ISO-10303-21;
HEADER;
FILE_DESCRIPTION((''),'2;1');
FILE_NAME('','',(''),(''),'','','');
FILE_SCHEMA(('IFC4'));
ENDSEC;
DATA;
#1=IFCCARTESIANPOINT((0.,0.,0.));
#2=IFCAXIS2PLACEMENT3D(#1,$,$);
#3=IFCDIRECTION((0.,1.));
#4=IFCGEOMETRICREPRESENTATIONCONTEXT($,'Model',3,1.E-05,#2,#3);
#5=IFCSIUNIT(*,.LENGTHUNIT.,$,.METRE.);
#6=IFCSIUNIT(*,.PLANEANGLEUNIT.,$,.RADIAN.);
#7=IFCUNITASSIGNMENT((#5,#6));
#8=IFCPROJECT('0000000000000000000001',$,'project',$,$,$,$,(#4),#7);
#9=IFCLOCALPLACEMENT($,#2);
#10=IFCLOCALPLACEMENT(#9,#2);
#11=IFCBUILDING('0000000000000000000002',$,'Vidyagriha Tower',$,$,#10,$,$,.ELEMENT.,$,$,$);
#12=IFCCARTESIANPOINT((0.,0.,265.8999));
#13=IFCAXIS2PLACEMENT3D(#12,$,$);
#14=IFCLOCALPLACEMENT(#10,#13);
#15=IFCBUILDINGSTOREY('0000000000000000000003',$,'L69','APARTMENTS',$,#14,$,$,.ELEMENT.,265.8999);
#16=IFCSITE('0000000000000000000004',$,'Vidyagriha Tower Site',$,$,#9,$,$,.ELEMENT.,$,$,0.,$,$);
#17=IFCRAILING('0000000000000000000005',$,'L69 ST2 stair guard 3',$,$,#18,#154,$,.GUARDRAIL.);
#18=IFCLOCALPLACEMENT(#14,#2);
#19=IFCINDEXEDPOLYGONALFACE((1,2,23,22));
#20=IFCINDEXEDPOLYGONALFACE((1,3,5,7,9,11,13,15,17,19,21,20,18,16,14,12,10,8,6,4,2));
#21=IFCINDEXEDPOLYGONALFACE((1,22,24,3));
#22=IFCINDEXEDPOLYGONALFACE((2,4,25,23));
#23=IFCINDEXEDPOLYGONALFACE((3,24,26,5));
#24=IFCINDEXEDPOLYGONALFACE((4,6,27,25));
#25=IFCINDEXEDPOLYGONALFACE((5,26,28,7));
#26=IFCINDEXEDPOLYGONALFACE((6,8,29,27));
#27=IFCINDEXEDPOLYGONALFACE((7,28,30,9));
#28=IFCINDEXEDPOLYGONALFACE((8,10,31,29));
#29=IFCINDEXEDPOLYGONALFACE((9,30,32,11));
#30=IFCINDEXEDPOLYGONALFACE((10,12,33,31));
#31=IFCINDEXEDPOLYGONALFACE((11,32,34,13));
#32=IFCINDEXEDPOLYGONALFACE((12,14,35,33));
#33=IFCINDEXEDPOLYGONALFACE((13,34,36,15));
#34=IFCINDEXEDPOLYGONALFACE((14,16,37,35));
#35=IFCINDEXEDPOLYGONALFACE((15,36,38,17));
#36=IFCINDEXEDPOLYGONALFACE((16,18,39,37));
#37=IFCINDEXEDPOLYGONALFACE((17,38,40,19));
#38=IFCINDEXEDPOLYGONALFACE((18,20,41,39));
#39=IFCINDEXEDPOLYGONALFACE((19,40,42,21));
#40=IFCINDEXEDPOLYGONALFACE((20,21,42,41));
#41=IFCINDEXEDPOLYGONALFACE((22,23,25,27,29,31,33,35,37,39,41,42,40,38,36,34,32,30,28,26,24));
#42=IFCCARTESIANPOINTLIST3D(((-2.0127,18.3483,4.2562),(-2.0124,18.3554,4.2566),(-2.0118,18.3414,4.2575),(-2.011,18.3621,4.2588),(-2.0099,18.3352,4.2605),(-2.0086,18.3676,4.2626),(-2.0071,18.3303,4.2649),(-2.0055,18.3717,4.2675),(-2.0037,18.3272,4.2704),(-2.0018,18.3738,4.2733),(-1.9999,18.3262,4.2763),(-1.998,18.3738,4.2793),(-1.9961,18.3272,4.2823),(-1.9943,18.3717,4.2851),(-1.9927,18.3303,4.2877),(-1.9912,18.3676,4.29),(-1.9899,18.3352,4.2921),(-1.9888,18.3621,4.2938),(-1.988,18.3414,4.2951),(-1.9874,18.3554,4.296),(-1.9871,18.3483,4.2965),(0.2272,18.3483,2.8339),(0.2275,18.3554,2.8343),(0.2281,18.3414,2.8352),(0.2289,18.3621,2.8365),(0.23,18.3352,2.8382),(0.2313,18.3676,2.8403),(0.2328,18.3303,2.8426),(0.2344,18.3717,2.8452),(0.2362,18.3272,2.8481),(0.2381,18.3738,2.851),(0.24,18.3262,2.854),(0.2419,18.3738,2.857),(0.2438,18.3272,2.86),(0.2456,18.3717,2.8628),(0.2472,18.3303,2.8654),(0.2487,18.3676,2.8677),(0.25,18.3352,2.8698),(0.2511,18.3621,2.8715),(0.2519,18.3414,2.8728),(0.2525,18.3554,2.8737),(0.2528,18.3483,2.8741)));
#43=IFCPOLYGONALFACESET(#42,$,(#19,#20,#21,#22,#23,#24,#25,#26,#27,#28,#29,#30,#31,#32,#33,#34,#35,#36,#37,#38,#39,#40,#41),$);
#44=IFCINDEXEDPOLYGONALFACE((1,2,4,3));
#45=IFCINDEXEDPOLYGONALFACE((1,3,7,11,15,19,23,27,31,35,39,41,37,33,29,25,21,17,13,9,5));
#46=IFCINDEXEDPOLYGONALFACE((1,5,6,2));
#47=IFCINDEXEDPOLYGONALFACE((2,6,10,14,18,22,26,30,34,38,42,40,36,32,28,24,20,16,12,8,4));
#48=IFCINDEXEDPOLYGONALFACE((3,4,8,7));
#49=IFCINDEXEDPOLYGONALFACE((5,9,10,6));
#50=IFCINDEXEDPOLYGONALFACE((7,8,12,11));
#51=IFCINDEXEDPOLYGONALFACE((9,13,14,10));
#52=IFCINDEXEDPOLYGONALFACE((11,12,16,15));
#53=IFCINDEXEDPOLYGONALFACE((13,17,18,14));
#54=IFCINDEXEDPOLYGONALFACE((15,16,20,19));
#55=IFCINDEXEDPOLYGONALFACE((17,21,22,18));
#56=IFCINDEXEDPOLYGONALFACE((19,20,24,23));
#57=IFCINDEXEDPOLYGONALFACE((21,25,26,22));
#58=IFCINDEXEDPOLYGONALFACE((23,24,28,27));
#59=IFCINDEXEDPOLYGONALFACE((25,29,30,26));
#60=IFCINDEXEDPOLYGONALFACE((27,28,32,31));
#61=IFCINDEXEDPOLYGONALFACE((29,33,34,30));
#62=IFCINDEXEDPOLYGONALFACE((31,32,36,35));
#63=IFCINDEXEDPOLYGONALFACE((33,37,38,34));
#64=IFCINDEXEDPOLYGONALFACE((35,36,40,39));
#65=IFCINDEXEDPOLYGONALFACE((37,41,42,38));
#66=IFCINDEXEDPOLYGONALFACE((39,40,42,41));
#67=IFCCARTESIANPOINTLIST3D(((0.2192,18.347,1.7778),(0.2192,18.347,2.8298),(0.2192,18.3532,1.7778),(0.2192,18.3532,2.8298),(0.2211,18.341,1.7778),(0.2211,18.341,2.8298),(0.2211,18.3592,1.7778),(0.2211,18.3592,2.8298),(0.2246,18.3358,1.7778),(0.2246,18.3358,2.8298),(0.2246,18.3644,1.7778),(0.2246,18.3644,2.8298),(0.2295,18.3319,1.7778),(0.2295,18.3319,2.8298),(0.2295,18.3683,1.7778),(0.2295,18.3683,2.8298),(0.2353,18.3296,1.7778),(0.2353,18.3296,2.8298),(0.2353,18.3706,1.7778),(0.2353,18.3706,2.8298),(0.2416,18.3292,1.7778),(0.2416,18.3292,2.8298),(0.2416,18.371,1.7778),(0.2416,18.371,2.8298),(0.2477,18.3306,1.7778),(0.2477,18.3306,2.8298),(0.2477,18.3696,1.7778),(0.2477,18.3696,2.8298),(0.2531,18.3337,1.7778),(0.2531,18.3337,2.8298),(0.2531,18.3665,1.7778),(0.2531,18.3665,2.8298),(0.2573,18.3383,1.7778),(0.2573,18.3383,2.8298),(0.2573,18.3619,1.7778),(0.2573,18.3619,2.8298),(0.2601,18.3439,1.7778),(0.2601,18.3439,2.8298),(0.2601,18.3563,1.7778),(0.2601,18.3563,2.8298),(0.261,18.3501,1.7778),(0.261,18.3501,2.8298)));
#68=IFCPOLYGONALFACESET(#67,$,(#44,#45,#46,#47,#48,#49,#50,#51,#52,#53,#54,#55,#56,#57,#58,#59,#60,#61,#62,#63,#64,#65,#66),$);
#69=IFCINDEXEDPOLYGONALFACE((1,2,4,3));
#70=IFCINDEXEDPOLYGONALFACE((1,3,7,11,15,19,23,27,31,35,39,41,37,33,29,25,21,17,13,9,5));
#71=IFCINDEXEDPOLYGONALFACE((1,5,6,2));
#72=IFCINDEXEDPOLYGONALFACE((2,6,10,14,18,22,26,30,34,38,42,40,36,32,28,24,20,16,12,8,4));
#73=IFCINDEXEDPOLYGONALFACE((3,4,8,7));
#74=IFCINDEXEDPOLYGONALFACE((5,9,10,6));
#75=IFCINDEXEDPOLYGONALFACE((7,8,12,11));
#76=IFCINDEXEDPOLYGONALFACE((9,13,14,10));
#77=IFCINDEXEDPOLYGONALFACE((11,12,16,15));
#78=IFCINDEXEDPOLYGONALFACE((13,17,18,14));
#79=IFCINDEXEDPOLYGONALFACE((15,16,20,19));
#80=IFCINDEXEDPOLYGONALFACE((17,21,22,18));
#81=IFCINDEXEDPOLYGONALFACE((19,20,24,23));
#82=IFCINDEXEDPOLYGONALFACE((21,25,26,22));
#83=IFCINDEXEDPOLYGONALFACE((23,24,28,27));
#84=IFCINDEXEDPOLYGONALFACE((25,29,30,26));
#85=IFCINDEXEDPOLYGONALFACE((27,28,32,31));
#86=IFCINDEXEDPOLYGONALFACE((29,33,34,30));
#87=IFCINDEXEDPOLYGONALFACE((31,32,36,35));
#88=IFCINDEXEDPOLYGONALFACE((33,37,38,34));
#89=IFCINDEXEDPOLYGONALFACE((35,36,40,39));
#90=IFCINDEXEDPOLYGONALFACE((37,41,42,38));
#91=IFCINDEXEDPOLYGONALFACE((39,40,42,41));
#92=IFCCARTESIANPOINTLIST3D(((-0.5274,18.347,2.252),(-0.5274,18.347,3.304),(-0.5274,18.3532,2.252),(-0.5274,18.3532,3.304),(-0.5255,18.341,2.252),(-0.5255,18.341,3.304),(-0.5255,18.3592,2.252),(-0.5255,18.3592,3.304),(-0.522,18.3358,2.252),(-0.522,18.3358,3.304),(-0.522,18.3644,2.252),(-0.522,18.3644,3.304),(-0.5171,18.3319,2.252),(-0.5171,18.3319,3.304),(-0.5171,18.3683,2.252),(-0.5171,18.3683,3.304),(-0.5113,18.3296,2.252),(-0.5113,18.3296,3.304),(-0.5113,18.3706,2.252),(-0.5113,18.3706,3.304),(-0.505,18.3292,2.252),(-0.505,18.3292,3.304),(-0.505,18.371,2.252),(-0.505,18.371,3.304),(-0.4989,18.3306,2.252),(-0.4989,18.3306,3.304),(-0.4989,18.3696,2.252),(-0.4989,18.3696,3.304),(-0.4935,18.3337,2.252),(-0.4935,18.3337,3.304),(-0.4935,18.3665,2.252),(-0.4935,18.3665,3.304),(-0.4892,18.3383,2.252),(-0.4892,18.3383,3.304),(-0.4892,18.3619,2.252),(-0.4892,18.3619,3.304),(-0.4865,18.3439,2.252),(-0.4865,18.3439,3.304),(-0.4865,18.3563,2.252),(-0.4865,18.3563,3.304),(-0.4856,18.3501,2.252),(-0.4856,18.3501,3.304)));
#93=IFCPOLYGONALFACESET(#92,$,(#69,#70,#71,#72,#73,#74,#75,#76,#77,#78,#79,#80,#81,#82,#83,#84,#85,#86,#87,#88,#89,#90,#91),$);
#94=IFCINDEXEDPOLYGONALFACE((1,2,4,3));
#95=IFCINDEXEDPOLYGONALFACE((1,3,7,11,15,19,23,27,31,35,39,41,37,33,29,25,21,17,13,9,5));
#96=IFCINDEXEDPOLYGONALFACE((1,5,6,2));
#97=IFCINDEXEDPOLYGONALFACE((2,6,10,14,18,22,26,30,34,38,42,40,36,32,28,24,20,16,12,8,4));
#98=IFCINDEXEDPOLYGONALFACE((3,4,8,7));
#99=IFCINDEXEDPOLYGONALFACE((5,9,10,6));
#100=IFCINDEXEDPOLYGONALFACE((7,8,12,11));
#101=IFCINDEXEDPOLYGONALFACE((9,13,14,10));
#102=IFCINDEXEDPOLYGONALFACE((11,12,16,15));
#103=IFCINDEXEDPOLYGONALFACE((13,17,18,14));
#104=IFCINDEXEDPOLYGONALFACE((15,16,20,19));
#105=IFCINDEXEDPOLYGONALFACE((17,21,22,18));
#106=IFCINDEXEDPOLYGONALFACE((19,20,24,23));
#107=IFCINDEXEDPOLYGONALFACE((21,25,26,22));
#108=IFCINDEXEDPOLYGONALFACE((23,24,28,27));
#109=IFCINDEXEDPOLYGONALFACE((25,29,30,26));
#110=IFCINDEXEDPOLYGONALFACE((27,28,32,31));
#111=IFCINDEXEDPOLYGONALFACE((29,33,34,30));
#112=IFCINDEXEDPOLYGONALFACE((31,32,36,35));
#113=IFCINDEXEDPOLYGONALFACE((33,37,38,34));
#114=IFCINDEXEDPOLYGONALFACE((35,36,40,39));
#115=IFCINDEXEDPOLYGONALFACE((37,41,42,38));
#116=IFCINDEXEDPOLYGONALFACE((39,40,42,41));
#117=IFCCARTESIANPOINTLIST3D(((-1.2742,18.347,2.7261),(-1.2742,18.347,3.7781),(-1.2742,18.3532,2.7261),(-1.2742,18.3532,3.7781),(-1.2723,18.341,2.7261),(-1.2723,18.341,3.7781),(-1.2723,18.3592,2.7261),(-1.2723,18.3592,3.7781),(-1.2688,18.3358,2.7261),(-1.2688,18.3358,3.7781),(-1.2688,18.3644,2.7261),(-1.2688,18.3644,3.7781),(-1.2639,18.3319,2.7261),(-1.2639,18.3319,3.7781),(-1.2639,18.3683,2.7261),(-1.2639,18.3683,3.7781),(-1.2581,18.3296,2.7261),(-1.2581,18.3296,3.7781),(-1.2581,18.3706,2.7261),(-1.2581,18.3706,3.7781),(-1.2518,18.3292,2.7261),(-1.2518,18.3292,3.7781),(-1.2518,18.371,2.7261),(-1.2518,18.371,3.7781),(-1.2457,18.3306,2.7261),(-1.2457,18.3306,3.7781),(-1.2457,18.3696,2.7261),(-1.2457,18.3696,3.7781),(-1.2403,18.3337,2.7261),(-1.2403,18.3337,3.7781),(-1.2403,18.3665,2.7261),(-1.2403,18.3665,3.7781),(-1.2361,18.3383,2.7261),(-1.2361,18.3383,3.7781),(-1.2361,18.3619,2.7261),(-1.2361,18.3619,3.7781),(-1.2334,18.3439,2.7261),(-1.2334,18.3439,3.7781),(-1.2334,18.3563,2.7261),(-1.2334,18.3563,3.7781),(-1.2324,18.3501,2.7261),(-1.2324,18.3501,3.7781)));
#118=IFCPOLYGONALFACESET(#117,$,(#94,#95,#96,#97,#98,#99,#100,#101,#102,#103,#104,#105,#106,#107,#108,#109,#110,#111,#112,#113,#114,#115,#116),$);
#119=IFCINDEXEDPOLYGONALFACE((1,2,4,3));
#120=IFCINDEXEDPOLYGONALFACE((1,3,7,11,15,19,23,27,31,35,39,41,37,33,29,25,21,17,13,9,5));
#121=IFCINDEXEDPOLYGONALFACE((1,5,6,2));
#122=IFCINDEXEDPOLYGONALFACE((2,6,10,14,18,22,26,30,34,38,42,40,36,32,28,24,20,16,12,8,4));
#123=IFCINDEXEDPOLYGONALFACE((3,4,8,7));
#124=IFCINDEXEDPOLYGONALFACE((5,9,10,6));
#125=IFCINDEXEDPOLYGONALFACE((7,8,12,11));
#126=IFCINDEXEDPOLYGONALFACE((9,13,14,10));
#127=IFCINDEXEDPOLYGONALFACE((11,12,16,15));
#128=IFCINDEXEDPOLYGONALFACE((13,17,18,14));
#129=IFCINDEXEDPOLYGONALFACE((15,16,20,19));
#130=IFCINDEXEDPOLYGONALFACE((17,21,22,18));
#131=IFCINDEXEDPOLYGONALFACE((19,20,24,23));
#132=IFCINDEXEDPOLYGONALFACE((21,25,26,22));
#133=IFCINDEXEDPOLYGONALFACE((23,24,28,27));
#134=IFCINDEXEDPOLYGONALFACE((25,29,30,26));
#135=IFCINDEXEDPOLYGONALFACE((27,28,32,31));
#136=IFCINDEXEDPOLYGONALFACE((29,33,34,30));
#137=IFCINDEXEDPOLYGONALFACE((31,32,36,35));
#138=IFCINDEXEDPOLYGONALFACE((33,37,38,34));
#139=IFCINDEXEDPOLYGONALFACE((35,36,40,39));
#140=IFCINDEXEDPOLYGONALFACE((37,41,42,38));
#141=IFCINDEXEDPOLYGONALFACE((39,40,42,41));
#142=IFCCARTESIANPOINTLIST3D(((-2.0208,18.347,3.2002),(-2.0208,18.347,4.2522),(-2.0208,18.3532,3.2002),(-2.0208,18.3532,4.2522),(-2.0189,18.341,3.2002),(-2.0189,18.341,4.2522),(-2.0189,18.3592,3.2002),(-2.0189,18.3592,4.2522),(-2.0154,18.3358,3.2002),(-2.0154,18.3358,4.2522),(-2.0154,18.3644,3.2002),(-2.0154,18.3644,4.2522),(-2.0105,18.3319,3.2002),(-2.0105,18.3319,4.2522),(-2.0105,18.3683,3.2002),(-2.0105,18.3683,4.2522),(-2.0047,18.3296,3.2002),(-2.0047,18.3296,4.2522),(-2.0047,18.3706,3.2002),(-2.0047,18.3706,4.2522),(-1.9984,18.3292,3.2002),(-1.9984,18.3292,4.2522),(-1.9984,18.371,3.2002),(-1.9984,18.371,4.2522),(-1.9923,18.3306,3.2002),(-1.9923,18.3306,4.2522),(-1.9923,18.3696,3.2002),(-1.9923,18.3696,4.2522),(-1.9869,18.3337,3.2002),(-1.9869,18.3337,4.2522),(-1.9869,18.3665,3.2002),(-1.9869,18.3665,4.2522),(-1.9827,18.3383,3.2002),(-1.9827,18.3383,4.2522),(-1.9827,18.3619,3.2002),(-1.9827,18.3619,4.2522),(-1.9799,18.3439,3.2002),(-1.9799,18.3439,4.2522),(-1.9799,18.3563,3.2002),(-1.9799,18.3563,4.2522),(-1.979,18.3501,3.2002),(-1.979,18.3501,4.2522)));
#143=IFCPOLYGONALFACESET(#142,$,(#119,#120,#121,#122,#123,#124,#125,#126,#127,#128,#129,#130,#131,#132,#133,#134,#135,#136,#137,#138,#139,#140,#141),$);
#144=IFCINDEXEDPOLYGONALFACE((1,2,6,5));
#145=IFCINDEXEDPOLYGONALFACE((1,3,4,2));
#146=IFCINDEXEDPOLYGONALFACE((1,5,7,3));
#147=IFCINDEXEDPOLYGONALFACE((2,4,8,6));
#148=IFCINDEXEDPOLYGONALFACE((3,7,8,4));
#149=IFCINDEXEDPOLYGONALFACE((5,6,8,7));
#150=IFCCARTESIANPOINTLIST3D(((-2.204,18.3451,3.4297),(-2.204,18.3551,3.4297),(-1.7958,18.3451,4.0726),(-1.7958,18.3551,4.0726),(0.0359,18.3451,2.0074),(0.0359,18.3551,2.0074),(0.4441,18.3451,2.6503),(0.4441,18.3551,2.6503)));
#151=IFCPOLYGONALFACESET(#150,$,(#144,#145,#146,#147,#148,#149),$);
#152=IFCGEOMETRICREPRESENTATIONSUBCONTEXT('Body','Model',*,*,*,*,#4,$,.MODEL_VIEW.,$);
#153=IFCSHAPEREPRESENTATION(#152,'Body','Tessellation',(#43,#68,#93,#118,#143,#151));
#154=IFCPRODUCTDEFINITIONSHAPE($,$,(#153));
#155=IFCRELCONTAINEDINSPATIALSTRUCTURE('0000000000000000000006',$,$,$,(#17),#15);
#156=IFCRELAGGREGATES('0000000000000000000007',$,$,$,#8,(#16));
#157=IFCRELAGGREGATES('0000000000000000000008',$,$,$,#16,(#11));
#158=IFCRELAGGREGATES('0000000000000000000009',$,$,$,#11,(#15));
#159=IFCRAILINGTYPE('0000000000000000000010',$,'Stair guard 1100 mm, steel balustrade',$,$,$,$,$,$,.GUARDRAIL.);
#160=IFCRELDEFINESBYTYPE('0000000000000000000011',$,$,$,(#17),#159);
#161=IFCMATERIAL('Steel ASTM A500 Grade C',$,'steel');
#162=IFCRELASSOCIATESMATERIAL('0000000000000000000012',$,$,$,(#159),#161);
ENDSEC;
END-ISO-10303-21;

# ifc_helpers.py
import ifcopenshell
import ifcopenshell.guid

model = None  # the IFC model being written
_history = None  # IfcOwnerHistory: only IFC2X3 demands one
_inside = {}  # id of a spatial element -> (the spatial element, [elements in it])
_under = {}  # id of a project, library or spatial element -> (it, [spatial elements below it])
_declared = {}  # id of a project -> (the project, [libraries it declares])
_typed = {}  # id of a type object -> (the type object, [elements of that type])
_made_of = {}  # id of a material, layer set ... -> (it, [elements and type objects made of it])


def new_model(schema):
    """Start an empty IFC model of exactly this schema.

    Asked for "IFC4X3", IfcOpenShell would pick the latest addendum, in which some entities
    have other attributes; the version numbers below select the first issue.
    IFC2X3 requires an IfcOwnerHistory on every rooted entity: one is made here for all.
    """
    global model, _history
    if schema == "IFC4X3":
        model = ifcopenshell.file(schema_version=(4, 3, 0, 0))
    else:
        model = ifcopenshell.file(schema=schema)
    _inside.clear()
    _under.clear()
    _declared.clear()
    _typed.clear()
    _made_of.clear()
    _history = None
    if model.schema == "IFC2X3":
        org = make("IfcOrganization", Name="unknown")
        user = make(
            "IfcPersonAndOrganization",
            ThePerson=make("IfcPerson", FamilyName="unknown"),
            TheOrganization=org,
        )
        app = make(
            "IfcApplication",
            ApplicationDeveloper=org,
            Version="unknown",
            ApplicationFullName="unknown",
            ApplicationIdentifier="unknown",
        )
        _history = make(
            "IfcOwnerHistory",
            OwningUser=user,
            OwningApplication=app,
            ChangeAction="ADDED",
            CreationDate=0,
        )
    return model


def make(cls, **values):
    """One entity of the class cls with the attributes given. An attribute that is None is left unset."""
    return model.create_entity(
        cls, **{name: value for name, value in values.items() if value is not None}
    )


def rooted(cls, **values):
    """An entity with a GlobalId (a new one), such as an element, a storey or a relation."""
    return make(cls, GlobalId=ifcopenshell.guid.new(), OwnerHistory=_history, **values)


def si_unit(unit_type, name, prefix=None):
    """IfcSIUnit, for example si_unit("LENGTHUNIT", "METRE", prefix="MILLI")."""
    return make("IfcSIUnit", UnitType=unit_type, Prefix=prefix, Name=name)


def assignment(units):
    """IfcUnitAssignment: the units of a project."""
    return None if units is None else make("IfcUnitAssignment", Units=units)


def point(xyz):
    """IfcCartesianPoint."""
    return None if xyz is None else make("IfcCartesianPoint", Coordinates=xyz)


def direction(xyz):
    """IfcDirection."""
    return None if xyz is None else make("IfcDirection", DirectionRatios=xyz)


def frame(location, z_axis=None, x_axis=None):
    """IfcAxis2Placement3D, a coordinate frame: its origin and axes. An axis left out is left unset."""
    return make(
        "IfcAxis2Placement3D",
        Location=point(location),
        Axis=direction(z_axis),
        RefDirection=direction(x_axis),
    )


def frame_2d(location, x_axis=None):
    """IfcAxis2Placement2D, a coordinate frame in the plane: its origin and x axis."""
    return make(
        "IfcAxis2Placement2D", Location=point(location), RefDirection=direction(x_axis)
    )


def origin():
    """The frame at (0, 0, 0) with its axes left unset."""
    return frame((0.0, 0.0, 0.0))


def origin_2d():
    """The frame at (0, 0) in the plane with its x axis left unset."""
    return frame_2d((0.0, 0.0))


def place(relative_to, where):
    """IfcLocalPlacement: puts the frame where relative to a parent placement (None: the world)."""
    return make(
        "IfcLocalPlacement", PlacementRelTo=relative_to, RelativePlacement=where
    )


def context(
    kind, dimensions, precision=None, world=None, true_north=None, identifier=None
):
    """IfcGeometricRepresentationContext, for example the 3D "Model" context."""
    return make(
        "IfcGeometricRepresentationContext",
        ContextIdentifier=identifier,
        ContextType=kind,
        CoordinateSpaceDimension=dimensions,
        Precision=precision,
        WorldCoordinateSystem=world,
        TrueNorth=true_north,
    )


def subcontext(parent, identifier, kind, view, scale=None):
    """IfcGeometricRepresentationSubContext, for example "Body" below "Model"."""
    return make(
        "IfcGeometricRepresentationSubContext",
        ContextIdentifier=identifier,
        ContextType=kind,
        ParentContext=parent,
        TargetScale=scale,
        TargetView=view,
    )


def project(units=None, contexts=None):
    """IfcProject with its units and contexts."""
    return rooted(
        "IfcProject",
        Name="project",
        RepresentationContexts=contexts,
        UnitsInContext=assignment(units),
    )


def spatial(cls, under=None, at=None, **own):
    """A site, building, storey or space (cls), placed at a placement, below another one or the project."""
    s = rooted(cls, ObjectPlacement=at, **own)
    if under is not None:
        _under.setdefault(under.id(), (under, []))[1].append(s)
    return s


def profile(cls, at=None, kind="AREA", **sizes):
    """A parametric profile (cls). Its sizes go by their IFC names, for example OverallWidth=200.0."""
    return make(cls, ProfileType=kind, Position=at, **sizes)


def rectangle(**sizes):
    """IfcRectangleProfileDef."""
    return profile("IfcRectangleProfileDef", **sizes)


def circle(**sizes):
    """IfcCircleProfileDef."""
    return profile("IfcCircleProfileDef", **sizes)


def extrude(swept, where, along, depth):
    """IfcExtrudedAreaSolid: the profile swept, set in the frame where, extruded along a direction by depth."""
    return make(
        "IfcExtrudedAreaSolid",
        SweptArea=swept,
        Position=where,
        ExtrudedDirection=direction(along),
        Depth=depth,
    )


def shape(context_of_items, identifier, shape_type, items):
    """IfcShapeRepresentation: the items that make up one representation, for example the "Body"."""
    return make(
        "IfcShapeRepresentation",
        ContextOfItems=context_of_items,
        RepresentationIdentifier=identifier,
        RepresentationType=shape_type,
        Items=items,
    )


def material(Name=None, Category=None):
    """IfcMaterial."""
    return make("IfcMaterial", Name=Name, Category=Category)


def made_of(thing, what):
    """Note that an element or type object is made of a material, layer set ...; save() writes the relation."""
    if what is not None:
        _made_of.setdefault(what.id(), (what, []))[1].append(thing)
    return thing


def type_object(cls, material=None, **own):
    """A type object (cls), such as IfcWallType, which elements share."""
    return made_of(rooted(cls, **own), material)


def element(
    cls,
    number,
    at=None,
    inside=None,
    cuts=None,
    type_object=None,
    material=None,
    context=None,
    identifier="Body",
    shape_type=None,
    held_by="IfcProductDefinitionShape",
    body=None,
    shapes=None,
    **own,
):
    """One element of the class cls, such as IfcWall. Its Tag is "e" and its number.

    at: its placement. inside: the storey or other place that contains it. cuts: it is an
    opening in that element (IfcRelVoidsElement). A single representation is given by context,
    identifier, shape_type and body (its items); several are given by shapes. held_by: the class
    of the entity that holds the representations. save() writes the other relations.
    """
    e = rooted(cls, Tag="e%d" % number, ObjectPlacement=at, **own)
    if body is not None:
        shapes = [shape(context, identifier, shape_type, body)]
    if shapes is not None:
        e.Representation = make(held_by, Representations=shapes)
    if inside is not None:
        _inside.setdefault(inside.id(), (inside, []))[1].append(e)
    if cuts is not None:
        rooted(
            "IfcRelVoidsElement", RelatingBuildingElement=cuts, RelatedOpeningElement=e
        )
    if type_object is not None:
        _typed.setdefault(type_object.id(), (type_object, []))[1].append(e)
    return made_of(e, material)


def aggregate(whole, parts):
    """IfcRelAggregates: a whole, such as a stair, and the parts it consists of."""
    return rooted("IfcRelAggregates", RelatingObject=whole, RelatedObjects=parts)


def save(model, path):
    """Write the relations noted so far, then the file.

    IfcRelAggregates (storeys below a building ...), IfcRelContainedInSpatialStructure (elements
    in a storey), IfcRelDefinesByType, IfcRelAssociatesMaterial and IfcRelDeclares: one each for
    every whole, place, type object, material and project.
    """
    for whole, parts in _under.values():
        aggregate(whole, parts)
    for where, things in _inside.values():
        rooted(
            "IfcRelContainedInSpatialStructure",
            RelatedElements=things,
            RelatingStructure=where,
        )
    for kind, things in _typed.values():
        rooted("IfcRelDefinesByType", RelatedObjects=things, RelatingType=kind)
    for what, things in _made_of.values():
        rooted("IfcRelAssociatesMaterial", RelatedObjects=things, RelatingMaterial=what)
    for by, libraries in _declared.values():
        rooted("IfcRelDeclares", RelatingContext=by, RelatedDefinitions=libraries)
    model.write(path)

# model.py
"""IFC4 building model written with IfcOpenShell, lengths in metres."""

from ifc_helpers import new_model, si_unit, direction, frame, origin, origin_2d, place, context, subcontext, project, spatial, rectangle, circle, extrude, material, type_object, element, save


model = new_model("IFC4")

# Units and contexts
model_context = context("Model", 3, precision=1e-05, world=origin(), true_north=direction((0.0, 1.0)))
body_context = subcontext(model_context, "Body", "Model", "MODEL_VIEW")
ifc_project = project(units=[si_unit("LENGTHUNIT", "METRE"), si_unit("PLANEANGLEUNIT", "RADIAN")], contexts=[model_context])

# Site, building, storey
site_placement = place(None, origin())
site = spatial("IfcSite", under=ifc_project, at=site_placement, Name="Vidyagriha Tower Site", CompositionType="ELEMENT", RefElevation=0.0)
building_placement = place(site_placement, origin())
building = spatial("IfcBuilding", under=site, at=building_placement, Name="Vidyagriha Tower", CompositionType="ELEMENT")
storey_placement = place(building_placement, frame((0.0, 0.0, 265.8999)))
storey = spatial("IfcBuildingStorey", under=building, at=storey_placement, Name="L69", Description="APARTMENTS", CompositionType="ELEMENT", Elevation=265.8999)

# Railing
ifc_material_1 = material(Name="Steel ASTM A500 Grade C", Category="steel")
railing_type_1 = type_object("IfcRailingType", Name="Stair guard 1100 mm, steel balustrade", PredefinedType="GUARDRAIL", material=ifc_material_1)
railing_1_placement = place(storey_placement, frame((0.24, 18.3501, 1.7778)))
element("IfcRailing", 1, at=railing_1_placement, inside=storey, type_object=railing_type_1, Name="L69 ST2 stair guard 3", PredefinedType="GUARDRAIL", context=body_context, shape_type="SweptSolid", body=[
    extrude(circle(Radius=0.0239, at=origin_2d()), frame((0.0, 0.0, 1.0762), z_axis=(-0.844188, 0.0, 0.536048), x_axis=(0.0, -1.0, 0.0)), (0.0, 0.0, 1.0), 2.6533),
    extrude(circle(Radius=0.021, at=origin_2d()), origin(), (0.0, 0.0, 1.0), 1.052),
    extrude(circle(Radius=0.021, at=origin_2d()), frame((-0.7466, 0.0, 0.4741)), (0.0, 0.0, 1.0), 1.052),
    extrude(circle(Radius=0.021, at=origin_2d()), frame((-1.4934, 0.0, 0.9482)), (0.0, 0.0, 1.0), 1.052),
    extrude(circle(Radius=0.021, at=origin_2d()), frame((-2.24, 0.0, 1.4224)), (0.0, 0.0, 1.0), 1.052),
    extrude(rectangle(XDim=0.01, YDim=0.7615, at=origin_2d()), frame((0.0, 0.0, 0.551), z_axis=(-0.844188, 0.0, 0.536048), x_axis=(0.0, -1.0, 0.0)), (0.0, 0.0, 1.0), 2.6533),
])

save(model, "model.ifc")
